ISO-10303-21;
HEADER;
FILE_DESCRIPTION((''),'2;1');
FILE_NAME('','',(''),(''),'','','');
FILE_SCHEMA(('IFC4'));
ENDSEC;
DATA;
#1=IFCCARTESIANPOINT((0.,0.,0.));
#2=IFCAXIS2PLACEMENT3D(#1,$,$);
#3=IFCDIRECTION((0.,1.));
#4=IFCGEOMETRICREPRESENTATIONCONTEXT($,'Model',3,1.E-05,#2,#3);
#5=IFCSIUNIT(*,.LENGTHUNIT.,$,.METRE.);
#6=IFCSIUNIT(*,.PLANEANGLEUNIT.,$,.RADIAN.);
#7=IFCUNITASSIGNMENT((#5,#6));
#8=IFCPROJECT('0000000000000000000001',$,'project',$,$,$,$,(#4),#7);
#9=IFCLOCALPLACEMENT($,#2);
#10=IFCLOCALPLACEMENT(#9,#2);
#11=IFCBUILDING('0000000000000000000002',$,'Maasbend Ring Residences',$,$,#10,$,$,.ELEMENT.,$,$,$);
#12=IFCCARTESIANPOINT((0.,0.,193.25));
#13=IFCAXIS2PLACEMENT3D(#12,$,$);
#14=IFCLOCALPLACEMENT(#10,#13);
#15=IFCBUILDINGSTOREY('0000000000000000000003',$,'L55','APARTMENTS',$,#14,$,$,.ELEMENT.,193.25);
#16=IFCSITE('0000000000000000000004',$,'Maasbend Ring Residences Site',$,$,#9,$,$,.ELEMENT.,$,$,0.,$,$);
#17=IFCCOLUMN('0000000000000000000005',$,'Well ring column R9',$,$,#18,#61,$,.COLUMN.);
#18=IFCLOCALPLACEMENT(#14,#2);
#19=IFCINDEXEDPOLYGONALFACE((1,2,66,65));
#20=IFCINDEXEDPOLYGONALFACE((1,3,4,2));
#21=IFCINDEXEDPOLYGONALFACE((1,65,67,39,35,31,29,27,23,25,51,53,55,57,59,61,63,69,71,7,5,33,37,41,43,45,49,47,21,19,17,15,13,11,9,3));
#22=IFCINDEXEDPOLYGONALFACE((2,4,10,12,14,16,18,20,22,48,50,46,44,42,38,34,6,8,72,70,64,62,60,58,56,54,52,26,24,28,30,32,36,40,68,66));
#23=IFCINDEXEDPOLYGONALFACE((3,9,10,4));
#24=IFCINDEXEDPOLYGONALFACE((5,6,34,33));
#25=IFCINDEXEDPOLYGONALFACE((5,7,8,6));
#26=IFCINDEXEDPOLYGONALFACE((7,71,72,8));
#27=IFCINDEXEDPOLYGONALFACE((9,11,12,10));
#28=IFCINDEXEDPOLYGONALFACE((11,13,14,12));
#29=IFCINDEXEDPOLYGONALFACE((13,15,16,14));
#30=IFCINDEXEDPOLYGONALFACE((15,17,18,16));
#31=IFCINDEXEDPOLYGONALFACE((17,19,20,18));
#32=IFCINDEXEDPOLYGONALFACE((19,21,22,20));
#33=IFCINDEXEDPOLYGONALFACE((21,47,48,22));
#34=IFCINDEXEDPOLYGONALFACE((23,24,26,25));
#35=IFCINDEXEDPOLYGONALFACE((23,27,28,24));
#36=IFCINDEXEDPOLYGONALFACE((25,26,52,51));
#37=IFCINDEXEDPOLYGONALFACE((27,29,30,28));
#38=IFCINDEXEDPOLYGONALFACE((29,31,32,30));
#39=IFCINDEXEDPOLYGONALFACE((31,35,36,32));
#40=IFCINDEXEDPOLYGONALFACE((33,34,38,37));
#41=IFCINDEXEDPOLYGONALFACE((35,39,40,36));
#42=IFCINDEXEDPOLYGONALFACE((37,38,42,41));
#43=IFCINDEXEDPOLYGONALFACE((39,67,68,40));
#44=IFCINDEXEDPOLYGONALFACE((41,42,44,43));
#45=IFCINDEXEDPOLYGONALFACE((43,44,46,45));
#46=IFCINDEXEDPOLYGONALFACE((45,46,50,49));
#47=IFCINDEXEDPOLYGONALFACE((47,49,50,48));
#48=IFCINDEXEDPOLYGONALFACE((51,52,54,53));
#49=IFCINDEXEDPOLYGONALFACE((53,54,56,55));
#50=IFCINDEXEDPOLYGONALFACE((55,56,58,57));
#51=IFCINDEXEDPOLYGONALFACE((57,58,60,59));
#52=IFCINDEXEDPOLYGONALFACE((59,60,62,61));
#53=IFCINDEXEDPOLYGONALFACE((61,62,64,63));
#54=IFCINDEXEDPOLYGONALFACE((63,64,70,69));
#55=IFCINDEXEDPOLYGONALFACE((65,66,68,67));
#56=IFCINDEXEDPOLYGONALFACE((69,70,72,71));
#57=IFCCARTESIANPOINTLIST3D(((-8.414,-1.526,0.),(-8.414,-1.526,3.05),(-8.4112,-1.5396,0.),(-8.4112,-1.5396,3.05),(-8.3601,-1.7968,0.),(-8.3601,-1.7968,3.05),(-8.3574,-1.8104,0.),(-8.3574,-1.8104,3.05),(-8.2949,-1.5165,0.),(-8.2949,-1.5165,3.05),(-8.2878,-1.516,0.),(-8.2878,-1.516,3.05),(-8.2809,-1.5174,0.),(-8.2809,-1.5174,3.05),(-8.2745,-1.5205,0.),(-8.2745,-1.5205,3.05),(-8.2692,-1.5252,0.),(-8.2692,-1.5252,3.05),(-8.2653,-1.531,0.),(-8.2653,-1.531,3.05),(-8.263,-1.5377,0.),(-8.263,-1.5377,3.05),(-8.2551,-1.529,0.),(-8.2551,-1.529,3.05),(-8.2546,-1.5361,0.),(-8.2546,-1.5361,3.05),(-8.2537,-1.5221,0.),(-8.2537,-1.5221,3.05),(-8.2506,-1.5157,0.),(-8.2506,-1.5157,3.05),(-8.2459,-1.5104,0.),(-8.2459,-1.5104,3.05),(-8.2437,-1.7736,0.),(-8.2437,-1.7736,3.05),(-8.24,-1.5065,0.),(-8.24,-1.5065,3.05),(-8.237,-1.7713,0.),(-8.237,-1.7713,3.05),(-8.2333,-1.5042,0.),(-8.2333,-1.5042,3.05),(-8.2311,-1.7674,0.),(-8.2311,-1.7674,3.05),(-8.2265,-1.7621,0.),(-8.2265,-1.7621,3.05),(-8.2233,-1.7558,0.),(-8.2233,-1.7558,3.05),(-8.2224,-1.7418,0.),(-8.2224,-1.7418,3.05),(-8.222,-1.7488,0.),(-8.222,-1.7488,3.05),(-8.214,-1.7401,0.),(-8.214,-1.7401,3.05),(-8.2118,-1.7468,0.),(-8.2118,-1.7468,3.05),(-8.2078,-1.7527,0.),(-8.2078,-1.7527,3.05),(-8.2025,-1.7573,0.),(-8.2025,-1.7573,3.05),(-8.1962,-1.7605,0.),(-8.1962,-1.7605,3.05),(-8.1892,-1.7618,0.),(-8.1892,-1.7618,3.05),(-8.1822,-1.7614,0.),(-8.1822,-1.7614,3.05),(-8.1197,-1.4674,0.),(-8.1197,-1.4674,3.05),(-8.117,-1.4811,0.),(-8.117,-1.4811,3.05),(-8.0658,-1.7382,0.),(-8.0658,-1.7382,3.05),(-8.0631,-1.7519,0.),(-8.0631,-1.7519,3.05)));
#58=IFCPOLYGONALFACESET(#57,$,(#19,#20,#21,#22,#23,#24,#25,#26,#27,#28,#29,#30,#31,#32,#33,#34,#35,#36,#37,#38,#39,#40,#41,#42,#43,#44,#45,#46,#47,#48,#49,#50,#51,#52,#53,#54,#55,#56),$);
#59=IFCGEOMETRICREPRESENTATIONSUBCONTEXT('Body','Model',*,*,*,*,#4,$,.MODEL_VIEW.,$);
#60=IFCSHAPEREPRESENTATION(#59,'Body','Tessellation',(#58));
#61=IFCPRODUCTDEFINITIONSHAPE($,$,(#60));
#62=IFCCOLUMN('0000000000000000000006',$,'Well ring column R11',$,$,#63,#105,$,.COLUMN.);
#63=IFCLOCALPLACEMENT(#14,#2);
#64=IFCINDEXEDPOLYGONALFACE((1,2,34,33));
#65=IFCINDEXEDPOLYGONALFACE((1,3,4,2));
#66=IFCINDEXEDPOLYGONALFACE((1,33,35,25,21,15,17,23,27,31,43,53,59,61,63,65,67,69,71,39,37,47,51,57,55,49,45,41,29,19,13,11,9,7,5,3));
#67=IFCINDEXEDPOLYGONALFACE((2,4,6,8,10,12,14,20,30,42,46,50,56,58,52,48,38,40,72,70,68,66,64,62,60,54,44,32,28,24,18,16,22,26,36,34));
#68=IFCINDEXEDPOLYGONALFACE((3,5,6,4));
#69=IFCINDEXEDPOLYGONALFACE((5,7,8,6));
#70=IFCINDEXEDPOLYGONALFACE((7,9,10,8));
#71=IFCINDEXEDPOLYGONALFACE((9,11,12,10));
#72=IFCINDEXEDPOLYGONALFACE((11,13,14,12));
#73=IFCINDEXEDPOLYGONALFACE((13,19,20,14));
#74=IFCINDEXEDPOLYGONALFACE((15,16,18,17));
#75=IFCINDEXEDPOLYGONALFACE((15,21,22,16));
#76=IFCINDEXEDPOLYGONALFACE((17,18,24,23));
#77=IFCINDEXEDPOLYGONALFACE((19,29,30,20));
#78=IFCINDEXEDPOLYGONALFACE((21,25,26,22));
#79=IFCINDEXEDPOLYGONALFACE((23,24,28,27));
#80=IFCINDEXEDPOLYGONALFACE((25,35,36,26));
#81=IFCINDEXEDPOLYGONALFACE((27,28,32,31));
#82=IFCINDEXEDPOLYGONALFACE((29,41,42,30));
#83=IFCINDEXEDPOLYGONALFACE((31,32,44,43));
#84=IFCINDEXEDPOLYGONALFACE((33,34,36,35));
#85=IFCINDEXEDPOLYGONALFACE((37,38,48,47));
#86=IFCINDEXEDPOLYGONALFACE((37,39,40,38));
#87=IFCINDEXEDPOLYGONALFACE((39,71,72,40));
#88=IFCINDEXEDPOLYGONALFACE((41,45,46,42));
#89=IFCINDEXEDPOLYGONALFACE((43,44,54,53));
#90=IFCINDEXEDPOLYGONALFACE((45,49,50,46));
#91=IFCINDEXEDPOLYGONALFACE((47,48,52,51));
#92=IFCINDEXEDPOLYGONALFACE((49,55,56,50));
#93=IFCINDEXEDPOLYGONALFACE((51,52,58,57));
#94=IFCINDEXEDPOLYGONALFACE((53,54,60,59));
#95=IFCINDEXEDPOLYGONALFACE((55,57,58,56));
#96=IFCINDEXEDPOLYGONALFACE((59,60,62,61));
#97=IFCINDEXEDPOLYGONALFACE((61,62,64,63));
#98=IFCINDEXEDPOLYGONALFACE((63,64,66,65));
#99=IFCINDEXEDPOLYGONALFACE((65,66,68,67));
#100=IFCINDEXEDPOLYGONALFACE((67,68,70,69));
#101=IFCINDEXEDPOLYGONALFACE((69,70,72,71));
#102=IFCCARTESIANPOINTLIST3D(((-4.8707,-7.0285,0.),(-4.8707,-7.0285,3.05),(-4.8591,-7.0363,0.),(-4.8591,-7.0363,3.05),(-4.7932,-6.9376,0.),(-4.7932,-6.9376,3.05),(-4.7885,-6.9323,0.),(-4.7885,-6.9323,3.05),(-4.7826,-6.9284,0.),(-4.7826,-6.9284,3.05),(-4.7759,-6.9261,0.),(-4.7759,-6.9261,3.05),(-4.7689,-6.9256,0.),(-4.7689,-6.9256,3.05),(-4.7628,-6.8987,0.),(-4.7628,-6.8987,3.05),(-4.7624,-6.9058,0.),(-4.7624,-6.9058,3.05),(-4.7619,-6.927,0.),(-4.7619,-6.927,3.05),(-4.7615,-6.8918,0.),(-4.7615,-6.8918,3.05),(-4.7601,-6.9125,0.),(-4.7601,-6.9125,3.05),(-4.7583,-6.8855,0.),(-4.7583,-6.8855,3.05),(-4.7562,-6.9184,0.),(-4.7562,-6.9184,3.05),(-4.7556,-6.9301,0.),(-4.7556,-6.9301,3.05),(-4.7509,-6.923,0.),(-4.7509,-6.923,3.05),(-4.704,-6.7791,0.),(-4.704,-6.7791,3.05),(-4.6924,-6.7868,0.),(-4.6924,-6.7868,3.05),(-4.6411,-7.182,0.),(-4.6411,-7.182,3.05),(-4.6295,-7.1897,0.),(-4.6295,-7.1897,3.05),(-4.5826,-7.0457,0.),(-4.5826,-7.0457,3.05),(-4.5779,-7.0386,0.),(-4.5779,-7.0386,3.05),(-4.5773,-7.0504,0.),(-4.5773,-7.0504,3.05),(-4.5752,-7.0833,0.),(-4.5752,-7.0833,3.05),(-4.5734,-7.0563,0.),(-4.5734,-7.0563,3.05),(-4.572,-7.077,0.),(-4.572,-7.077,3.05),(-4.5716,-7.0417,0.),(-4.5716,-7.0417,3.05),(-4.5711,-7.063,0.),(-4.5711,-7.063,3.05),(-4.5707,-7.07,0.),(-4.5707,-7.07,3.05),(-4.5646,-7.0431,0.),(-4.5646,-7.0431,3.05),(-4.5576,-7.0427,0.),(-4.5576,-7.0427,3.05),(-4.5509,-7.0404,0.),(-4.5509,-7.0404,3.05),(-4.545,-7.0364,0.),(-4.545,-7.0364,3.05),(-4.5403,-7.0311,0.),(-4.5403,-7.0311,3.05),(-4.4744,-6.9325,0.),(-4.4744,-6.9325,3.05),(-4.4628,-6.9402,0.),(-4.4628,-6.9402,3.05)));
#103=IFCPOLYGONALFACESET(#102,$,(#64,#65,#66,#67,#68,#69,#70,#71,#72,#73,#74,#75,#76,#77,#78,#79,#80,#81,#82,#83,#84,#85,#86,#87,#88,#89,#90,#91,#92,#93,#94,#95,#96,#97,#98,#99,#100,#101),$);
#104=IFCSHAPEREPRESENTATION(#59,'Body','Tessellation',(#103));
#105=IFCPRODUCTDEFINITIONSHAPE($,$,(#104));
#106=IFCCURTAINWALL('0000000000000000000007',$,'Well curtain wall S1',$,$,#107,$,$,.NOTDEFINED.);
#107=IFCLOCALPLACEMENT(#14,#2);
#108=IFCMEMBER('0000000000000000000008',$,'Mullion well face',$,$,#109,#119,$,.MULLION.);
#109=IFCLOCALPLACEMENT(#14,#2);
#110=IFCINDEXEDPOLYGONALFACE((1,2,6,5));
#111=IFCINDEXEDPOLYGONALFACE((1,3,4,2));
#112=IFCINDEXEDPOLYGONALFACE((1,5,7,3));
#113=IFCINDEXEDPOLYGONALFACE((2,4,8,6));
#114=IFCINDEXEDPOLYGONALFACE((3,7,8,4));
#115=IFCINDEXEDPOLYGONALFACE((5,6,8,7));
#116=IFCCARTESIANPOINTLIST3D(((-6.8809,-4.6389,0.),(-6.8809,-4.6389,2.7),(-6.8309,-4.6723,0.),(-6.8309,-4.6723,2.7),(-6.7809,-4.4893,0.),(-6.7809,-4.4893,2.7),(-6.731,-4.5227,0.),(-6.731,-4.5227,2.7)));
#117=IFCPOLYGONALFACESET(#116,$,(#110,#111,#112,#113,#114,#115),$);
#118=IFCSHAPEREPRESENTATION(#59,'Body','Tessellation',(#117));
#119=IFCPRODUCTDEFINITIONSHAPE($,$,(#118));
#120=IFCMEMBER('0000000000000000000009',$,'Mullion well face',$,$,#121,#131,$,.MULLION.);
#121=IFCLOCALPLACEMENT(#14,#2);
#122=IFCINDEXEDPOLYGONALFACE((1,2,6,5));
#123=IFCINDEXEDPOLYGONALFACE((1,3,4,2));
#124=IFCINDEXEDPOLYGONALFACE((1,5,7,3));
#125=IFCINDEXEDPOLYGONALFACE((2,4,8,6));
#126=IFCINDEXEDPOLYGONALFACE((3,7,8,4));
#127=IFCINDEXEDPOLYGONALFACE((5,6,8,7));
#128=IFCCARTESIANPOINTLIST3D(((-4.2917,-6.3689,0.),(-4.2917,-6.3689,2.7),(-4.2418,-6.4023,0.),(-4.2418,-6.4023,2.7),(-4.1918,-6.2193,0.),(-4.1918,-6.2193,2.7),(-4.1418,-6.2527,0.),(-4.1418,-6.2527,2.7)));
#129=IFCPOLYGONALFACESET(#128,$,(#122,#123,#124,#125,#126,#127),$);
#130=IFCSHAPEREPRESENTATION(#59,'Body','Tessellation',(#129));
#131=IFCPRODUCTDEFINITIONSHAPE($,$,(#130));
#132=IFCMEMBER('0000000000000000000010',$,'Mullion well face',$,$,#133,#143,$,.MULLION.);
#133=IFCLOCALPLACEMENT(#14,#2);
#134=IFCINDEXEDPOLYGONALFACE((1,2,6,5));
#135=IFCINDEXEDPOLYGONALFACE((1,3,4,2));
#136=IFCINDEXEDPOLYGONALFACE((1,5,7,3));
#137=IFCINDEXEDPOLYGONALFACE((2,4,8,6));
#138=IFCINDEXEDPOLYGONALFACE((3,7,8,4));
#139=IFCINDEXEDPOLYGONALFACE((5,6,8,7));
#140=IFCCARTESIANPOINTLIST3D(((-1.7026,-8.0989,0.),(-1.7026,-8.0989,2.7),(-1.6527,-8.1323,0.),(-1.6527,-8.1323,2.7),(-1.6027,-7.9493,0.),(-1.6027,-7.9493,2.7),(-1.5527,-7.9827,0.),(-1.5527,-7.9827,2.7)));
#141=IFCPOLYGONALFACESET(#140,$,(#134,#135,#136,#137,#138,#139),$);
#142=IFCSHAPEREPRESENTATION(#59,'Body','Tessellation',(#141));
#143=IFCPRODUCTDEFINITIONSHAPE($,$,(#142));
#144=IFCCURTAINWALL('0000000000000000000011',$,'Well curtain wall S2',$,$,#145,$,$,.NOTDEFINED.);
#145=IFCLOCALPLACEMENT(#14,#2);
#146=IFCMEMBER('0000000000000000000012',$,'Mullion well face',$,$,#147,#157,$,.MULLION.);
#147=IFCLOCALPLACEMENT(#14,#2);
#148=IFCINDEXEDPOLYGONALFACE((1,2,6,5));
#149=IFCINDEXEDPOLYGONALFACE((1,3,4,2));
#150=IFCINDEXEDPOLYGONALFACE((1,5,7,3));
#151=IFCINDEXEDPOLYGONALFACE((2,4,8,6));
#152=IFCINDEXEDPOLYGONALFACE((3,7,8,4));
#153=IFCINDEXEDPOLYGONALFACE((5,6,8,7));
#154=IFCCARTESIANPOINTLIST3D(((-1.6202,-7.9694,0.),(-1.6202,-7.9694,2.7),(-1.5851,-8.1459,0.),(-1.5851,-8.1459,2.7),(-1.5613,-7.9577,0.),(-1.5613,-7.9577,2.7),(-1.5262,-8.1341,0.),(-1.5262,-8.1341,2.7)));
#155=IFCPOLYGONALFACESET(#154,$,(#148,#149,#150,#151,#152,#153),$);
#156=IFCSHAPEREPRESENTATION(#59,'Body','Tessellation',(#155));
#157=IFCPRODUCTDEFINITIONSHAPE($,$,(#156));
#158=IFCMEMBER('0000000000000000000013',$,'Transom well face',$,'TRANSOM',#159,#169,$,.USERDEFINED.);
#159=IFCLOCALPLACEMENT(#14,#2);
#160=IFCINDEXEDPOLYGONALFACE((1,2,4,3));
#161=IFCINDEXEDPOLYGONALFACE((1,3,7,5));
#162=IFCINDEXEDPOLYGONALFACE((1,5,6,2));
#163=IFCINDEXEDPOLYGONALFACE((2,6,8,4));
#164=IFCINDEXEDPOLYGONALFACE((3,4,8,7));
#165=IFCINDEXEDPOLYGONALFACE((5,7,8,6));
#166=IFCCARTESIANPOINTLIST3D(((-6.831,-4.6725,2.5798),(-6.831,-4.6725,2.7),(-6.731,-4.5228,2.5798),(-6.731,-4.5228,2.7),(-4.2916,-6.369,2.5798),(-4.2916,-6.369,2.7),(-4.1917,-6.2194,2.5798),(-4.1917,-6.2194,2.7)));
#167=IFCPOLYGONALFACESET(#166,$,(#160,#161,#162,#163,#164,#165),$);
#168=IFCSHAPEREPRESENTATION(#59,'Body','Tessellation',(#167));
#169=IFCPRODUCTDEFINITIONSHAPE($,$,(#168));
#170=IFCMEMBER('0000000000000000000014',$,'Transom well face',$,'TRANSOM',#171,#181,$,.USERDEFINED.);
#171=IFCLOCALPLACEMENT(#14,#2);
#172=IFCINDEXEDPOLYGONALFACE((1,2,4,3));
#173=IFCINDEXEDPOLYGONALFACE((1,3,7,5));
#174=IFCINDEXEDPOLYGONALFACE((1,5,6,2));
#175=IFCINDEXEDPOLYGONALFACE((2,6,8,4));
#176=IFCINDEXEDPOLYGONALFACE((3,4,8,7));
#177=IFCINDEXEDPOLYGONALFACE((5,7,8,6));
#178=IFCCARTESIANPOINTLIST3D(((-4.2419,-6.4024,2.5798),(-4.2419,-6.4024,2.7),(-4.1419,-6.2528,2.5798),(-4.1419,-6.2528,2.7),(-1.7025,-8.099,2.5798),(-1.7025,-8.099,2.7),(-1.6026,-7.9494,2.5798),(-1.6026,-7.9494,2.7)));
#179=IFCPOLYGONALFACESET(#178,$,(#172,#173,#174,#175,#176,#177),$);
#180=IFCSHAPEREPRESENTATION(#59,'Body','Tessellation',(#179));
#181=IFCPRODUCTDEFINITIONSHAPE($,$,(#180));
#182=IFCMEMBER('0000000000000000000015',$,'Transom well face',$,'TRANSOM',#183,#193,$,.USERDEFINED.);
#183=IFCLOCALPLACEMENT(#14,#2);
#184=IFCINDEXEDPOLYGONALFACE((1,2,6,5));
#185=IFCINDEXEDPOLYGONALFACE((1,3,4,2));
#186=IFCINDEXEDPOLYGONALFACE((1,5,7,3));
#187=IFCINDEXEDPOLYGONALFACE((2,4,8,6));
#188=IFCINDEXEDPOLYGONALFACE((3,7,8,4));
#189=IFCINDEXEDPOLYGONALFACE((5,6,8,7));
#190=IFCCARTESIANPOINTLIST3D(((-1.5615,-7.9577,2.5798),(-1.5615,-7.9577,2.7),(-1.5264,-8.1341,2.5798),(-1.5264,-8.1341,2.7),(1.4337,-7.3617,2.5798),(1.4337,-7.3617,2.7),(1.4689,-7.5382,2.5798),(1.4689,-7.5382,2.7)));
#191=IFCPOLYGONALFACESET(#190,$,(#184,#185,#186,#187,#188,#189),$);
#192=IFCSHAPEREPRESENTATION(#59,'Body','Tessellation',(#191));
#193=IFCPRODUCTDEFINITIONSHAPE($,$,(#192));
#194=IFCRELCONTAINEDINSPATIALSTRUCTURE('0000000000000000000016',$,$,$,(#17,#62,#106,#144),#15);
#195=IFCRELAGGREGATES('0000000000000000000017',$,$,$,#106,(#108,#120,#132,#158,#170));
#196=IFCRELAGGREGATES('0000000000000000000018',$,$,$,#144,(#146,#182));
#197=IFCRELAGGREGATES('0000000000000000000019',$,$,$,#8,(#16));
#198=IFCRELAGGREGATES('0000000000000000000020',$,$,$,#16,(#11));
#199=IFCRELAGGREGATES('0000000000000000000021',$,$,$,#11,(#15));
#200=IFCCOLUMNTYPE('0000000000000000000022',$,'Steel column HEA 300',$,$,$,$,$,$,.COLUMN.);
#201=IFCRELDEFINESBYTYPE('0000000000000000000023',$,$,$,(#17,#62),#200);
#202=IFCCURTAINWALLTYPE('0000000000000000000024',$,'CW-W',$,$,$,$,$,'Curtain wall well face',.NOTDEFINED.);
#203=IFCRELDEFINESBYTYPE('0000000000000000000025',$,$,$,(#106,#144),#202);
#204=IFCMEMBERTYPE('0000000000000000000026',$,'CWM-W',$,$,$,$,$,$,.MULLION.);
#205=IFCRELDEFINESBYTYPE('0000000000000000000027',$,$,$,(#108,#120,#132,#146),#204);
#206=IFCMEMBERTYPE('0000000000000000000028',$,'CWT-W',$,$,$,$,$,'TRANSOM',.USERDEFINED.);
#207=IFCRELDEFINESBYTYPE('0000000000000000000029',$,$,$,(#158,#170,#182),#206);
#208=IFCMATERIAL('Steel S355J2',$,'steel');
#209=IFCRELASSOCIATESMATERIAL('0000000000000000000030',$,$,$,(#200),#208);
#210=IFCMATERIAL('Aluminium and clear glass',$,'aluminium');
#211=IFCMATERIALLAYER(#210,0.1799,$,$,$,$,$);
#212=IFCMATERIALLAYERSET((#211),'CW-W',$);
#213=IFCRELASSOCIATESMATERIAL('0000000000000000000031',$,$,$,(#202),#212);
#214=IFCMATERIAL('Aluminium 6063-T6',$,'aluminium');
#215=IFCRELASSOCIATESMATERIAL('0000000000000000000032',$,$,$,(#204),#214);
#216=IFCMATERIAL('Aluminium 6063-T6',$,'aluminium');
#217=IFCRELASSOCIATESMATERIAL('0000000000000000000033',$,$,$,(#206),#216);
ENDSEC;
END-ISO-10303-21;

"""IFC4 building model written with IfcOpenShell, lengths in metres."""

from ifc_helpers import new_model, si_unit, direction, frame, origin, origin_2d, place, context, subcontext, project, spatial, rectangle, i_section, extrude, material, layer, layer_set, material_profile, profile_set, type_object, element, aggregate, save


model = new_model("IFC4")

# Units and contexts
model_context = context("Model", 3, precision=1e-05, world=origin(), true_north=direction((0.0, 1.0)))
body_context = subcontext(model_context, "Body", "Model", "MODEL_VIEW")
ifc_project = project(units=[si_unit("LENGTHUNIT", "METRE"), si_unit("PLANEANGLEUNIT", "RADIAN")], contexts=[model_context])

# Site, building, storey
site_placement = place(None, origin())
site = spatial("IfcSite", under=ifc_project, at=site_placement, Name="Maasbend Ring Residences Site", CompositionType="ELEMENT", RefElevation=0.0)
building_placement = place(site_placement, origin())
building = spatial("IfcBuilding", under=site, at=building_placement, Name="Maasbend Ring Residences", CompositionType="ELEMENT")
storey_placement = place(building_placement, frame((0.0, 0.0, 193.25)))
storey = spatial("IfcBuildingStorey", under=building, at=storey_placement, Name="L55", Description="APARTMENTS", CompositionType="ELEMENT", Elevation=193.25)

# Columns
ifc_material_1 = material(Name="Steel S355J2", Category="steel")
ifc_material_profile_1 = material_profile(ifc_material_1, i_section(OverallWidth=0.3, OverallDepth=0.29, WebThickness=0.0085, FlangeThickness=0.0139, FilletRadius=0.0271, at=origin_2d()), Name="HEA 300")
ifc_profile_set_1 = profile_set([ifc_material_profile_1], Name="Steel S355J2")
column_type = type_object("IfcColumnType", Name="Steel column HEA 300", PredefinedType="COLUMN", material=ifc_profile_set_1)
for number, where, z_axis, x_axis, name in (
    (1, (-8.2385, -1.6389, 0.0), (0.0, 0.0, 1.0), (-0.980785, -0.19509, 0.0), "Well ring column R9"),
    (2, (-4.6667, -6.9844, 0.0), (0.0, 0.0, 1.0), (-0.55557, -0.83147, 0.0), "Well ring column R11"),
):
    element("IfcColumn", number, at=place(storey_placement, frame(where, z_axis=z_axis, x_axis=x_axis)), inside=storey, type_object=column_type, Name=name, PredefinedType="COLUMN", context=body_context, shape_type="SweptSolid", body=[
        extrude(i_section(OverallWidth=0.3, OverallDepth=0.29, WebThickness=0.0085, FlangeThickness=0.0139, FilletRadius=0.0271, at=origin_2d()), origin(), (0.0, 0.0, 1.0), 3.05),
    ])

# Curtain wall, members
ifc_material_2 = material(Name="Aluminium and clear glass", Category="aluminium")
ifc_layer_1 = layer(ifc_material_2, 0.1799)
ifc_layer_set_1 = layer_set([ifc_layer_1], Name="CW-W")
curtain_wall_type = type_object("IfcCurtainWallType", Name="CW-W", ElementType="Curtain wall well face", PredefinedType="NOTDEFINED", material=ifc_layer_set_1)
curtain_wall_1_placement = place(storey_placement, origin())
curtain_wall_1 = element("IfcCurtainWall", 3, at=curtain_wall_1_placement, inside=storey, type_object=curtain_wall_type, Name="Well curtain wall S1", PredefinedType="NOTDEFINED")
ifc_material_3 = material(Name="Aluminium 6063-T6", Category="aluminium")
ifc_material_profile_2 = material_profile(ifc_material_3, rectangle(XDim=0.1799, YDim=0.0601, at=origin_2d()), Name="AL 180x60")
ifc_profile_set_2 = profile_set([ifc_material_profile_2], Name="Aluminium 6063-T6")
member_type_1 = type_object("IfcMemberType", Name="CWM-W", PredefinedType="MULLION", material=ifc_profile_set_2)
member_1_placement = place(storey_placement, frame((-6.8059, -4.5808, 0.0), z_axis=(0.0, 0.0, 1.0), x_axis=(0.55557, 0.83147, 0.0)))
member_1 = element("IfcMember", 4, at=member_1_placement, type_object=member_type_1, Name="Mullion well face", PredefinedType="MULLION", context=body_context, shape_type="SweptSolid", body=[
    extrude(rectangle(XDim=0.1799, YDim=0.0601, at=origin_2d()), origin(), (0.0, 0.0, 1.0), 2.7),
])
member_2_placement = place(storey_placement, frame((-4.2168, -6.3108, 0.0), z_axis=(0.0, 0.0, 1.0), x_axis=(0.55557, 0.83147, 0.0)))
member_2 = element("IfcMember", 5, at=member_2_placement, type_object=member_type_1, Name="Mullion well face", PredefinedType="MULLION", context=body_context, shape_type="SweptSolid", body=[
    extrude(rectangle(XDim=0.1799, YDim=0.0601, at=origin_2d()), origin(), (0.0, 0.0, 1.0), 2.7),
])
member_3_placement = place(storey_placement, frame((-1.6277, -8.0408, 0.0), z_axis=(0.0, 0.0, 1.0), x_axis=(0.55557, 0.83147, 0.0)))
member_3 = element("IfcMember", 6, at=member_3_placement, type_object=member_type_1, Name="Mullion well face", PredefinedType="MULLION", context=body_context, shape_type="SweptSolid", body=[
    extrude(rectangle(XDim=0.1799, YDim=0.0601, at=origin_2d()), origin(), (0.0, 0.0, 1.0), 2.7),
])

# Curtain wall, member
curtain_wall_2_placement = place(storey_placement, origin())
curtain_wall_2 = element("IfcCurtainWall", 7, at=curtain_wall_2_placement, inside=storey, type_object=curtain_wall_type, Name="Well curtain wall S2", PredefinedType="NOTDEFINED")
member_4_placement = place(storey_placement, frame((-1.5732, -8.0518, 0.0), z_axis=(0.0, 0.0, 1.0), x_axis=(-0.19509, 0.980785, 0.0)))
member_4 = element("IfcMember", 8, at=member_4_placement, type_object=member_type_1, Name="Mullion well face", PredefinedType="MULLION", context=body_context, shape_type="SweptSolid", body=[
    extrude(rectangle(XDim=0.1799, YDim=0.0601, at=origin_2d()), origin(), (0.0, 0.0, 1.0), 2.7),
])

# Members
ifc_material_4 = material(Name="Aluminium 6063-T6", Category="aluminium")
ifc_material_profile_3 = material_profile(ifc_material_4, rectangle(XDim=0.1799, YDim=0.1201, at=origin_2d()), Name="AL 180x120")
ifc_profile_set_3 = profile_set([ifc_material_profile_3], Name="Aluminium 6063-T6")
member_type_2 = type_object("IfcMemberType", Name="CWT-W", ElementType="TRANSOM", PredefinedType="USERDEFINED", material=ifc_profile_set_3)
member_5_placement = place(storey_placement, frame((-6.781, -4.5977, 2.6399), z_axis=(0.831496, -0.55553, 0.0), x_axis=(0.55553, 0.831496, 0.0)))
member_5 = element("IfcMember", 9, at=member_5_placement, type_object=member_type_2, Name="Transom well face", ObjectType="TRANSOM", PredefinedType="USERDEFINED", context=body_context, shape_type="SweptSolid", body=[
    extrude(rectangle(XDim=0.1799, YDim=0.1201, at=origin_2d()), origin(), (0.0, 0.0, 1.0), 3.054),
])
member_6_placement = place(storey_placement, frame((-4.1919, -6.3276, 2.6399), z_axis=(0.831496, -0.55553, 0.0), x_axis=(0.55553, 0.831496, 0.0)))
member_6 = element("IfcMember", 10, at=member_6_placement, type_object=member_type_2, Name="Transom well face", ObjectType="TRANSOM", PredefinedType="USERDEFINED", context=body_context, shape_type="SweptSolid", body=[
    extrude(rectangle(XDim=0.1799, YDim=0.1201, at=origin_2d()), origin(), (0.0, 0.0, 1.0), 3.054),
])
member_7_placement = place(storey_placement, frame((-1.5439, -8.0459, 2.6399), z_axis=(0.980777, 0.195132, 0.0), x_axis=(-0.195132, 0.980777, 0.0)))
member_7 = element("IfcMember", 11, at=member_7_placement, type_object=member_type_2, Name="Transom well face", ObjectType="TRANSOM", PredefinedType="USERDEFINED", context=body_context, shape_type="SweptSolid", body=[
    extrude(rectangle(XDim=0.1799, YDim=0.1201, at=origin_2d()), origin(), (0.0, 0.0, 1.0), 3.054),
])

aggregate(curtain_wall_1, [member_1, member_2, member_3, member_5, member_6])
aggregate(curtain_wall_2, [member_4, member_7])

save(model, "model.ifc")
